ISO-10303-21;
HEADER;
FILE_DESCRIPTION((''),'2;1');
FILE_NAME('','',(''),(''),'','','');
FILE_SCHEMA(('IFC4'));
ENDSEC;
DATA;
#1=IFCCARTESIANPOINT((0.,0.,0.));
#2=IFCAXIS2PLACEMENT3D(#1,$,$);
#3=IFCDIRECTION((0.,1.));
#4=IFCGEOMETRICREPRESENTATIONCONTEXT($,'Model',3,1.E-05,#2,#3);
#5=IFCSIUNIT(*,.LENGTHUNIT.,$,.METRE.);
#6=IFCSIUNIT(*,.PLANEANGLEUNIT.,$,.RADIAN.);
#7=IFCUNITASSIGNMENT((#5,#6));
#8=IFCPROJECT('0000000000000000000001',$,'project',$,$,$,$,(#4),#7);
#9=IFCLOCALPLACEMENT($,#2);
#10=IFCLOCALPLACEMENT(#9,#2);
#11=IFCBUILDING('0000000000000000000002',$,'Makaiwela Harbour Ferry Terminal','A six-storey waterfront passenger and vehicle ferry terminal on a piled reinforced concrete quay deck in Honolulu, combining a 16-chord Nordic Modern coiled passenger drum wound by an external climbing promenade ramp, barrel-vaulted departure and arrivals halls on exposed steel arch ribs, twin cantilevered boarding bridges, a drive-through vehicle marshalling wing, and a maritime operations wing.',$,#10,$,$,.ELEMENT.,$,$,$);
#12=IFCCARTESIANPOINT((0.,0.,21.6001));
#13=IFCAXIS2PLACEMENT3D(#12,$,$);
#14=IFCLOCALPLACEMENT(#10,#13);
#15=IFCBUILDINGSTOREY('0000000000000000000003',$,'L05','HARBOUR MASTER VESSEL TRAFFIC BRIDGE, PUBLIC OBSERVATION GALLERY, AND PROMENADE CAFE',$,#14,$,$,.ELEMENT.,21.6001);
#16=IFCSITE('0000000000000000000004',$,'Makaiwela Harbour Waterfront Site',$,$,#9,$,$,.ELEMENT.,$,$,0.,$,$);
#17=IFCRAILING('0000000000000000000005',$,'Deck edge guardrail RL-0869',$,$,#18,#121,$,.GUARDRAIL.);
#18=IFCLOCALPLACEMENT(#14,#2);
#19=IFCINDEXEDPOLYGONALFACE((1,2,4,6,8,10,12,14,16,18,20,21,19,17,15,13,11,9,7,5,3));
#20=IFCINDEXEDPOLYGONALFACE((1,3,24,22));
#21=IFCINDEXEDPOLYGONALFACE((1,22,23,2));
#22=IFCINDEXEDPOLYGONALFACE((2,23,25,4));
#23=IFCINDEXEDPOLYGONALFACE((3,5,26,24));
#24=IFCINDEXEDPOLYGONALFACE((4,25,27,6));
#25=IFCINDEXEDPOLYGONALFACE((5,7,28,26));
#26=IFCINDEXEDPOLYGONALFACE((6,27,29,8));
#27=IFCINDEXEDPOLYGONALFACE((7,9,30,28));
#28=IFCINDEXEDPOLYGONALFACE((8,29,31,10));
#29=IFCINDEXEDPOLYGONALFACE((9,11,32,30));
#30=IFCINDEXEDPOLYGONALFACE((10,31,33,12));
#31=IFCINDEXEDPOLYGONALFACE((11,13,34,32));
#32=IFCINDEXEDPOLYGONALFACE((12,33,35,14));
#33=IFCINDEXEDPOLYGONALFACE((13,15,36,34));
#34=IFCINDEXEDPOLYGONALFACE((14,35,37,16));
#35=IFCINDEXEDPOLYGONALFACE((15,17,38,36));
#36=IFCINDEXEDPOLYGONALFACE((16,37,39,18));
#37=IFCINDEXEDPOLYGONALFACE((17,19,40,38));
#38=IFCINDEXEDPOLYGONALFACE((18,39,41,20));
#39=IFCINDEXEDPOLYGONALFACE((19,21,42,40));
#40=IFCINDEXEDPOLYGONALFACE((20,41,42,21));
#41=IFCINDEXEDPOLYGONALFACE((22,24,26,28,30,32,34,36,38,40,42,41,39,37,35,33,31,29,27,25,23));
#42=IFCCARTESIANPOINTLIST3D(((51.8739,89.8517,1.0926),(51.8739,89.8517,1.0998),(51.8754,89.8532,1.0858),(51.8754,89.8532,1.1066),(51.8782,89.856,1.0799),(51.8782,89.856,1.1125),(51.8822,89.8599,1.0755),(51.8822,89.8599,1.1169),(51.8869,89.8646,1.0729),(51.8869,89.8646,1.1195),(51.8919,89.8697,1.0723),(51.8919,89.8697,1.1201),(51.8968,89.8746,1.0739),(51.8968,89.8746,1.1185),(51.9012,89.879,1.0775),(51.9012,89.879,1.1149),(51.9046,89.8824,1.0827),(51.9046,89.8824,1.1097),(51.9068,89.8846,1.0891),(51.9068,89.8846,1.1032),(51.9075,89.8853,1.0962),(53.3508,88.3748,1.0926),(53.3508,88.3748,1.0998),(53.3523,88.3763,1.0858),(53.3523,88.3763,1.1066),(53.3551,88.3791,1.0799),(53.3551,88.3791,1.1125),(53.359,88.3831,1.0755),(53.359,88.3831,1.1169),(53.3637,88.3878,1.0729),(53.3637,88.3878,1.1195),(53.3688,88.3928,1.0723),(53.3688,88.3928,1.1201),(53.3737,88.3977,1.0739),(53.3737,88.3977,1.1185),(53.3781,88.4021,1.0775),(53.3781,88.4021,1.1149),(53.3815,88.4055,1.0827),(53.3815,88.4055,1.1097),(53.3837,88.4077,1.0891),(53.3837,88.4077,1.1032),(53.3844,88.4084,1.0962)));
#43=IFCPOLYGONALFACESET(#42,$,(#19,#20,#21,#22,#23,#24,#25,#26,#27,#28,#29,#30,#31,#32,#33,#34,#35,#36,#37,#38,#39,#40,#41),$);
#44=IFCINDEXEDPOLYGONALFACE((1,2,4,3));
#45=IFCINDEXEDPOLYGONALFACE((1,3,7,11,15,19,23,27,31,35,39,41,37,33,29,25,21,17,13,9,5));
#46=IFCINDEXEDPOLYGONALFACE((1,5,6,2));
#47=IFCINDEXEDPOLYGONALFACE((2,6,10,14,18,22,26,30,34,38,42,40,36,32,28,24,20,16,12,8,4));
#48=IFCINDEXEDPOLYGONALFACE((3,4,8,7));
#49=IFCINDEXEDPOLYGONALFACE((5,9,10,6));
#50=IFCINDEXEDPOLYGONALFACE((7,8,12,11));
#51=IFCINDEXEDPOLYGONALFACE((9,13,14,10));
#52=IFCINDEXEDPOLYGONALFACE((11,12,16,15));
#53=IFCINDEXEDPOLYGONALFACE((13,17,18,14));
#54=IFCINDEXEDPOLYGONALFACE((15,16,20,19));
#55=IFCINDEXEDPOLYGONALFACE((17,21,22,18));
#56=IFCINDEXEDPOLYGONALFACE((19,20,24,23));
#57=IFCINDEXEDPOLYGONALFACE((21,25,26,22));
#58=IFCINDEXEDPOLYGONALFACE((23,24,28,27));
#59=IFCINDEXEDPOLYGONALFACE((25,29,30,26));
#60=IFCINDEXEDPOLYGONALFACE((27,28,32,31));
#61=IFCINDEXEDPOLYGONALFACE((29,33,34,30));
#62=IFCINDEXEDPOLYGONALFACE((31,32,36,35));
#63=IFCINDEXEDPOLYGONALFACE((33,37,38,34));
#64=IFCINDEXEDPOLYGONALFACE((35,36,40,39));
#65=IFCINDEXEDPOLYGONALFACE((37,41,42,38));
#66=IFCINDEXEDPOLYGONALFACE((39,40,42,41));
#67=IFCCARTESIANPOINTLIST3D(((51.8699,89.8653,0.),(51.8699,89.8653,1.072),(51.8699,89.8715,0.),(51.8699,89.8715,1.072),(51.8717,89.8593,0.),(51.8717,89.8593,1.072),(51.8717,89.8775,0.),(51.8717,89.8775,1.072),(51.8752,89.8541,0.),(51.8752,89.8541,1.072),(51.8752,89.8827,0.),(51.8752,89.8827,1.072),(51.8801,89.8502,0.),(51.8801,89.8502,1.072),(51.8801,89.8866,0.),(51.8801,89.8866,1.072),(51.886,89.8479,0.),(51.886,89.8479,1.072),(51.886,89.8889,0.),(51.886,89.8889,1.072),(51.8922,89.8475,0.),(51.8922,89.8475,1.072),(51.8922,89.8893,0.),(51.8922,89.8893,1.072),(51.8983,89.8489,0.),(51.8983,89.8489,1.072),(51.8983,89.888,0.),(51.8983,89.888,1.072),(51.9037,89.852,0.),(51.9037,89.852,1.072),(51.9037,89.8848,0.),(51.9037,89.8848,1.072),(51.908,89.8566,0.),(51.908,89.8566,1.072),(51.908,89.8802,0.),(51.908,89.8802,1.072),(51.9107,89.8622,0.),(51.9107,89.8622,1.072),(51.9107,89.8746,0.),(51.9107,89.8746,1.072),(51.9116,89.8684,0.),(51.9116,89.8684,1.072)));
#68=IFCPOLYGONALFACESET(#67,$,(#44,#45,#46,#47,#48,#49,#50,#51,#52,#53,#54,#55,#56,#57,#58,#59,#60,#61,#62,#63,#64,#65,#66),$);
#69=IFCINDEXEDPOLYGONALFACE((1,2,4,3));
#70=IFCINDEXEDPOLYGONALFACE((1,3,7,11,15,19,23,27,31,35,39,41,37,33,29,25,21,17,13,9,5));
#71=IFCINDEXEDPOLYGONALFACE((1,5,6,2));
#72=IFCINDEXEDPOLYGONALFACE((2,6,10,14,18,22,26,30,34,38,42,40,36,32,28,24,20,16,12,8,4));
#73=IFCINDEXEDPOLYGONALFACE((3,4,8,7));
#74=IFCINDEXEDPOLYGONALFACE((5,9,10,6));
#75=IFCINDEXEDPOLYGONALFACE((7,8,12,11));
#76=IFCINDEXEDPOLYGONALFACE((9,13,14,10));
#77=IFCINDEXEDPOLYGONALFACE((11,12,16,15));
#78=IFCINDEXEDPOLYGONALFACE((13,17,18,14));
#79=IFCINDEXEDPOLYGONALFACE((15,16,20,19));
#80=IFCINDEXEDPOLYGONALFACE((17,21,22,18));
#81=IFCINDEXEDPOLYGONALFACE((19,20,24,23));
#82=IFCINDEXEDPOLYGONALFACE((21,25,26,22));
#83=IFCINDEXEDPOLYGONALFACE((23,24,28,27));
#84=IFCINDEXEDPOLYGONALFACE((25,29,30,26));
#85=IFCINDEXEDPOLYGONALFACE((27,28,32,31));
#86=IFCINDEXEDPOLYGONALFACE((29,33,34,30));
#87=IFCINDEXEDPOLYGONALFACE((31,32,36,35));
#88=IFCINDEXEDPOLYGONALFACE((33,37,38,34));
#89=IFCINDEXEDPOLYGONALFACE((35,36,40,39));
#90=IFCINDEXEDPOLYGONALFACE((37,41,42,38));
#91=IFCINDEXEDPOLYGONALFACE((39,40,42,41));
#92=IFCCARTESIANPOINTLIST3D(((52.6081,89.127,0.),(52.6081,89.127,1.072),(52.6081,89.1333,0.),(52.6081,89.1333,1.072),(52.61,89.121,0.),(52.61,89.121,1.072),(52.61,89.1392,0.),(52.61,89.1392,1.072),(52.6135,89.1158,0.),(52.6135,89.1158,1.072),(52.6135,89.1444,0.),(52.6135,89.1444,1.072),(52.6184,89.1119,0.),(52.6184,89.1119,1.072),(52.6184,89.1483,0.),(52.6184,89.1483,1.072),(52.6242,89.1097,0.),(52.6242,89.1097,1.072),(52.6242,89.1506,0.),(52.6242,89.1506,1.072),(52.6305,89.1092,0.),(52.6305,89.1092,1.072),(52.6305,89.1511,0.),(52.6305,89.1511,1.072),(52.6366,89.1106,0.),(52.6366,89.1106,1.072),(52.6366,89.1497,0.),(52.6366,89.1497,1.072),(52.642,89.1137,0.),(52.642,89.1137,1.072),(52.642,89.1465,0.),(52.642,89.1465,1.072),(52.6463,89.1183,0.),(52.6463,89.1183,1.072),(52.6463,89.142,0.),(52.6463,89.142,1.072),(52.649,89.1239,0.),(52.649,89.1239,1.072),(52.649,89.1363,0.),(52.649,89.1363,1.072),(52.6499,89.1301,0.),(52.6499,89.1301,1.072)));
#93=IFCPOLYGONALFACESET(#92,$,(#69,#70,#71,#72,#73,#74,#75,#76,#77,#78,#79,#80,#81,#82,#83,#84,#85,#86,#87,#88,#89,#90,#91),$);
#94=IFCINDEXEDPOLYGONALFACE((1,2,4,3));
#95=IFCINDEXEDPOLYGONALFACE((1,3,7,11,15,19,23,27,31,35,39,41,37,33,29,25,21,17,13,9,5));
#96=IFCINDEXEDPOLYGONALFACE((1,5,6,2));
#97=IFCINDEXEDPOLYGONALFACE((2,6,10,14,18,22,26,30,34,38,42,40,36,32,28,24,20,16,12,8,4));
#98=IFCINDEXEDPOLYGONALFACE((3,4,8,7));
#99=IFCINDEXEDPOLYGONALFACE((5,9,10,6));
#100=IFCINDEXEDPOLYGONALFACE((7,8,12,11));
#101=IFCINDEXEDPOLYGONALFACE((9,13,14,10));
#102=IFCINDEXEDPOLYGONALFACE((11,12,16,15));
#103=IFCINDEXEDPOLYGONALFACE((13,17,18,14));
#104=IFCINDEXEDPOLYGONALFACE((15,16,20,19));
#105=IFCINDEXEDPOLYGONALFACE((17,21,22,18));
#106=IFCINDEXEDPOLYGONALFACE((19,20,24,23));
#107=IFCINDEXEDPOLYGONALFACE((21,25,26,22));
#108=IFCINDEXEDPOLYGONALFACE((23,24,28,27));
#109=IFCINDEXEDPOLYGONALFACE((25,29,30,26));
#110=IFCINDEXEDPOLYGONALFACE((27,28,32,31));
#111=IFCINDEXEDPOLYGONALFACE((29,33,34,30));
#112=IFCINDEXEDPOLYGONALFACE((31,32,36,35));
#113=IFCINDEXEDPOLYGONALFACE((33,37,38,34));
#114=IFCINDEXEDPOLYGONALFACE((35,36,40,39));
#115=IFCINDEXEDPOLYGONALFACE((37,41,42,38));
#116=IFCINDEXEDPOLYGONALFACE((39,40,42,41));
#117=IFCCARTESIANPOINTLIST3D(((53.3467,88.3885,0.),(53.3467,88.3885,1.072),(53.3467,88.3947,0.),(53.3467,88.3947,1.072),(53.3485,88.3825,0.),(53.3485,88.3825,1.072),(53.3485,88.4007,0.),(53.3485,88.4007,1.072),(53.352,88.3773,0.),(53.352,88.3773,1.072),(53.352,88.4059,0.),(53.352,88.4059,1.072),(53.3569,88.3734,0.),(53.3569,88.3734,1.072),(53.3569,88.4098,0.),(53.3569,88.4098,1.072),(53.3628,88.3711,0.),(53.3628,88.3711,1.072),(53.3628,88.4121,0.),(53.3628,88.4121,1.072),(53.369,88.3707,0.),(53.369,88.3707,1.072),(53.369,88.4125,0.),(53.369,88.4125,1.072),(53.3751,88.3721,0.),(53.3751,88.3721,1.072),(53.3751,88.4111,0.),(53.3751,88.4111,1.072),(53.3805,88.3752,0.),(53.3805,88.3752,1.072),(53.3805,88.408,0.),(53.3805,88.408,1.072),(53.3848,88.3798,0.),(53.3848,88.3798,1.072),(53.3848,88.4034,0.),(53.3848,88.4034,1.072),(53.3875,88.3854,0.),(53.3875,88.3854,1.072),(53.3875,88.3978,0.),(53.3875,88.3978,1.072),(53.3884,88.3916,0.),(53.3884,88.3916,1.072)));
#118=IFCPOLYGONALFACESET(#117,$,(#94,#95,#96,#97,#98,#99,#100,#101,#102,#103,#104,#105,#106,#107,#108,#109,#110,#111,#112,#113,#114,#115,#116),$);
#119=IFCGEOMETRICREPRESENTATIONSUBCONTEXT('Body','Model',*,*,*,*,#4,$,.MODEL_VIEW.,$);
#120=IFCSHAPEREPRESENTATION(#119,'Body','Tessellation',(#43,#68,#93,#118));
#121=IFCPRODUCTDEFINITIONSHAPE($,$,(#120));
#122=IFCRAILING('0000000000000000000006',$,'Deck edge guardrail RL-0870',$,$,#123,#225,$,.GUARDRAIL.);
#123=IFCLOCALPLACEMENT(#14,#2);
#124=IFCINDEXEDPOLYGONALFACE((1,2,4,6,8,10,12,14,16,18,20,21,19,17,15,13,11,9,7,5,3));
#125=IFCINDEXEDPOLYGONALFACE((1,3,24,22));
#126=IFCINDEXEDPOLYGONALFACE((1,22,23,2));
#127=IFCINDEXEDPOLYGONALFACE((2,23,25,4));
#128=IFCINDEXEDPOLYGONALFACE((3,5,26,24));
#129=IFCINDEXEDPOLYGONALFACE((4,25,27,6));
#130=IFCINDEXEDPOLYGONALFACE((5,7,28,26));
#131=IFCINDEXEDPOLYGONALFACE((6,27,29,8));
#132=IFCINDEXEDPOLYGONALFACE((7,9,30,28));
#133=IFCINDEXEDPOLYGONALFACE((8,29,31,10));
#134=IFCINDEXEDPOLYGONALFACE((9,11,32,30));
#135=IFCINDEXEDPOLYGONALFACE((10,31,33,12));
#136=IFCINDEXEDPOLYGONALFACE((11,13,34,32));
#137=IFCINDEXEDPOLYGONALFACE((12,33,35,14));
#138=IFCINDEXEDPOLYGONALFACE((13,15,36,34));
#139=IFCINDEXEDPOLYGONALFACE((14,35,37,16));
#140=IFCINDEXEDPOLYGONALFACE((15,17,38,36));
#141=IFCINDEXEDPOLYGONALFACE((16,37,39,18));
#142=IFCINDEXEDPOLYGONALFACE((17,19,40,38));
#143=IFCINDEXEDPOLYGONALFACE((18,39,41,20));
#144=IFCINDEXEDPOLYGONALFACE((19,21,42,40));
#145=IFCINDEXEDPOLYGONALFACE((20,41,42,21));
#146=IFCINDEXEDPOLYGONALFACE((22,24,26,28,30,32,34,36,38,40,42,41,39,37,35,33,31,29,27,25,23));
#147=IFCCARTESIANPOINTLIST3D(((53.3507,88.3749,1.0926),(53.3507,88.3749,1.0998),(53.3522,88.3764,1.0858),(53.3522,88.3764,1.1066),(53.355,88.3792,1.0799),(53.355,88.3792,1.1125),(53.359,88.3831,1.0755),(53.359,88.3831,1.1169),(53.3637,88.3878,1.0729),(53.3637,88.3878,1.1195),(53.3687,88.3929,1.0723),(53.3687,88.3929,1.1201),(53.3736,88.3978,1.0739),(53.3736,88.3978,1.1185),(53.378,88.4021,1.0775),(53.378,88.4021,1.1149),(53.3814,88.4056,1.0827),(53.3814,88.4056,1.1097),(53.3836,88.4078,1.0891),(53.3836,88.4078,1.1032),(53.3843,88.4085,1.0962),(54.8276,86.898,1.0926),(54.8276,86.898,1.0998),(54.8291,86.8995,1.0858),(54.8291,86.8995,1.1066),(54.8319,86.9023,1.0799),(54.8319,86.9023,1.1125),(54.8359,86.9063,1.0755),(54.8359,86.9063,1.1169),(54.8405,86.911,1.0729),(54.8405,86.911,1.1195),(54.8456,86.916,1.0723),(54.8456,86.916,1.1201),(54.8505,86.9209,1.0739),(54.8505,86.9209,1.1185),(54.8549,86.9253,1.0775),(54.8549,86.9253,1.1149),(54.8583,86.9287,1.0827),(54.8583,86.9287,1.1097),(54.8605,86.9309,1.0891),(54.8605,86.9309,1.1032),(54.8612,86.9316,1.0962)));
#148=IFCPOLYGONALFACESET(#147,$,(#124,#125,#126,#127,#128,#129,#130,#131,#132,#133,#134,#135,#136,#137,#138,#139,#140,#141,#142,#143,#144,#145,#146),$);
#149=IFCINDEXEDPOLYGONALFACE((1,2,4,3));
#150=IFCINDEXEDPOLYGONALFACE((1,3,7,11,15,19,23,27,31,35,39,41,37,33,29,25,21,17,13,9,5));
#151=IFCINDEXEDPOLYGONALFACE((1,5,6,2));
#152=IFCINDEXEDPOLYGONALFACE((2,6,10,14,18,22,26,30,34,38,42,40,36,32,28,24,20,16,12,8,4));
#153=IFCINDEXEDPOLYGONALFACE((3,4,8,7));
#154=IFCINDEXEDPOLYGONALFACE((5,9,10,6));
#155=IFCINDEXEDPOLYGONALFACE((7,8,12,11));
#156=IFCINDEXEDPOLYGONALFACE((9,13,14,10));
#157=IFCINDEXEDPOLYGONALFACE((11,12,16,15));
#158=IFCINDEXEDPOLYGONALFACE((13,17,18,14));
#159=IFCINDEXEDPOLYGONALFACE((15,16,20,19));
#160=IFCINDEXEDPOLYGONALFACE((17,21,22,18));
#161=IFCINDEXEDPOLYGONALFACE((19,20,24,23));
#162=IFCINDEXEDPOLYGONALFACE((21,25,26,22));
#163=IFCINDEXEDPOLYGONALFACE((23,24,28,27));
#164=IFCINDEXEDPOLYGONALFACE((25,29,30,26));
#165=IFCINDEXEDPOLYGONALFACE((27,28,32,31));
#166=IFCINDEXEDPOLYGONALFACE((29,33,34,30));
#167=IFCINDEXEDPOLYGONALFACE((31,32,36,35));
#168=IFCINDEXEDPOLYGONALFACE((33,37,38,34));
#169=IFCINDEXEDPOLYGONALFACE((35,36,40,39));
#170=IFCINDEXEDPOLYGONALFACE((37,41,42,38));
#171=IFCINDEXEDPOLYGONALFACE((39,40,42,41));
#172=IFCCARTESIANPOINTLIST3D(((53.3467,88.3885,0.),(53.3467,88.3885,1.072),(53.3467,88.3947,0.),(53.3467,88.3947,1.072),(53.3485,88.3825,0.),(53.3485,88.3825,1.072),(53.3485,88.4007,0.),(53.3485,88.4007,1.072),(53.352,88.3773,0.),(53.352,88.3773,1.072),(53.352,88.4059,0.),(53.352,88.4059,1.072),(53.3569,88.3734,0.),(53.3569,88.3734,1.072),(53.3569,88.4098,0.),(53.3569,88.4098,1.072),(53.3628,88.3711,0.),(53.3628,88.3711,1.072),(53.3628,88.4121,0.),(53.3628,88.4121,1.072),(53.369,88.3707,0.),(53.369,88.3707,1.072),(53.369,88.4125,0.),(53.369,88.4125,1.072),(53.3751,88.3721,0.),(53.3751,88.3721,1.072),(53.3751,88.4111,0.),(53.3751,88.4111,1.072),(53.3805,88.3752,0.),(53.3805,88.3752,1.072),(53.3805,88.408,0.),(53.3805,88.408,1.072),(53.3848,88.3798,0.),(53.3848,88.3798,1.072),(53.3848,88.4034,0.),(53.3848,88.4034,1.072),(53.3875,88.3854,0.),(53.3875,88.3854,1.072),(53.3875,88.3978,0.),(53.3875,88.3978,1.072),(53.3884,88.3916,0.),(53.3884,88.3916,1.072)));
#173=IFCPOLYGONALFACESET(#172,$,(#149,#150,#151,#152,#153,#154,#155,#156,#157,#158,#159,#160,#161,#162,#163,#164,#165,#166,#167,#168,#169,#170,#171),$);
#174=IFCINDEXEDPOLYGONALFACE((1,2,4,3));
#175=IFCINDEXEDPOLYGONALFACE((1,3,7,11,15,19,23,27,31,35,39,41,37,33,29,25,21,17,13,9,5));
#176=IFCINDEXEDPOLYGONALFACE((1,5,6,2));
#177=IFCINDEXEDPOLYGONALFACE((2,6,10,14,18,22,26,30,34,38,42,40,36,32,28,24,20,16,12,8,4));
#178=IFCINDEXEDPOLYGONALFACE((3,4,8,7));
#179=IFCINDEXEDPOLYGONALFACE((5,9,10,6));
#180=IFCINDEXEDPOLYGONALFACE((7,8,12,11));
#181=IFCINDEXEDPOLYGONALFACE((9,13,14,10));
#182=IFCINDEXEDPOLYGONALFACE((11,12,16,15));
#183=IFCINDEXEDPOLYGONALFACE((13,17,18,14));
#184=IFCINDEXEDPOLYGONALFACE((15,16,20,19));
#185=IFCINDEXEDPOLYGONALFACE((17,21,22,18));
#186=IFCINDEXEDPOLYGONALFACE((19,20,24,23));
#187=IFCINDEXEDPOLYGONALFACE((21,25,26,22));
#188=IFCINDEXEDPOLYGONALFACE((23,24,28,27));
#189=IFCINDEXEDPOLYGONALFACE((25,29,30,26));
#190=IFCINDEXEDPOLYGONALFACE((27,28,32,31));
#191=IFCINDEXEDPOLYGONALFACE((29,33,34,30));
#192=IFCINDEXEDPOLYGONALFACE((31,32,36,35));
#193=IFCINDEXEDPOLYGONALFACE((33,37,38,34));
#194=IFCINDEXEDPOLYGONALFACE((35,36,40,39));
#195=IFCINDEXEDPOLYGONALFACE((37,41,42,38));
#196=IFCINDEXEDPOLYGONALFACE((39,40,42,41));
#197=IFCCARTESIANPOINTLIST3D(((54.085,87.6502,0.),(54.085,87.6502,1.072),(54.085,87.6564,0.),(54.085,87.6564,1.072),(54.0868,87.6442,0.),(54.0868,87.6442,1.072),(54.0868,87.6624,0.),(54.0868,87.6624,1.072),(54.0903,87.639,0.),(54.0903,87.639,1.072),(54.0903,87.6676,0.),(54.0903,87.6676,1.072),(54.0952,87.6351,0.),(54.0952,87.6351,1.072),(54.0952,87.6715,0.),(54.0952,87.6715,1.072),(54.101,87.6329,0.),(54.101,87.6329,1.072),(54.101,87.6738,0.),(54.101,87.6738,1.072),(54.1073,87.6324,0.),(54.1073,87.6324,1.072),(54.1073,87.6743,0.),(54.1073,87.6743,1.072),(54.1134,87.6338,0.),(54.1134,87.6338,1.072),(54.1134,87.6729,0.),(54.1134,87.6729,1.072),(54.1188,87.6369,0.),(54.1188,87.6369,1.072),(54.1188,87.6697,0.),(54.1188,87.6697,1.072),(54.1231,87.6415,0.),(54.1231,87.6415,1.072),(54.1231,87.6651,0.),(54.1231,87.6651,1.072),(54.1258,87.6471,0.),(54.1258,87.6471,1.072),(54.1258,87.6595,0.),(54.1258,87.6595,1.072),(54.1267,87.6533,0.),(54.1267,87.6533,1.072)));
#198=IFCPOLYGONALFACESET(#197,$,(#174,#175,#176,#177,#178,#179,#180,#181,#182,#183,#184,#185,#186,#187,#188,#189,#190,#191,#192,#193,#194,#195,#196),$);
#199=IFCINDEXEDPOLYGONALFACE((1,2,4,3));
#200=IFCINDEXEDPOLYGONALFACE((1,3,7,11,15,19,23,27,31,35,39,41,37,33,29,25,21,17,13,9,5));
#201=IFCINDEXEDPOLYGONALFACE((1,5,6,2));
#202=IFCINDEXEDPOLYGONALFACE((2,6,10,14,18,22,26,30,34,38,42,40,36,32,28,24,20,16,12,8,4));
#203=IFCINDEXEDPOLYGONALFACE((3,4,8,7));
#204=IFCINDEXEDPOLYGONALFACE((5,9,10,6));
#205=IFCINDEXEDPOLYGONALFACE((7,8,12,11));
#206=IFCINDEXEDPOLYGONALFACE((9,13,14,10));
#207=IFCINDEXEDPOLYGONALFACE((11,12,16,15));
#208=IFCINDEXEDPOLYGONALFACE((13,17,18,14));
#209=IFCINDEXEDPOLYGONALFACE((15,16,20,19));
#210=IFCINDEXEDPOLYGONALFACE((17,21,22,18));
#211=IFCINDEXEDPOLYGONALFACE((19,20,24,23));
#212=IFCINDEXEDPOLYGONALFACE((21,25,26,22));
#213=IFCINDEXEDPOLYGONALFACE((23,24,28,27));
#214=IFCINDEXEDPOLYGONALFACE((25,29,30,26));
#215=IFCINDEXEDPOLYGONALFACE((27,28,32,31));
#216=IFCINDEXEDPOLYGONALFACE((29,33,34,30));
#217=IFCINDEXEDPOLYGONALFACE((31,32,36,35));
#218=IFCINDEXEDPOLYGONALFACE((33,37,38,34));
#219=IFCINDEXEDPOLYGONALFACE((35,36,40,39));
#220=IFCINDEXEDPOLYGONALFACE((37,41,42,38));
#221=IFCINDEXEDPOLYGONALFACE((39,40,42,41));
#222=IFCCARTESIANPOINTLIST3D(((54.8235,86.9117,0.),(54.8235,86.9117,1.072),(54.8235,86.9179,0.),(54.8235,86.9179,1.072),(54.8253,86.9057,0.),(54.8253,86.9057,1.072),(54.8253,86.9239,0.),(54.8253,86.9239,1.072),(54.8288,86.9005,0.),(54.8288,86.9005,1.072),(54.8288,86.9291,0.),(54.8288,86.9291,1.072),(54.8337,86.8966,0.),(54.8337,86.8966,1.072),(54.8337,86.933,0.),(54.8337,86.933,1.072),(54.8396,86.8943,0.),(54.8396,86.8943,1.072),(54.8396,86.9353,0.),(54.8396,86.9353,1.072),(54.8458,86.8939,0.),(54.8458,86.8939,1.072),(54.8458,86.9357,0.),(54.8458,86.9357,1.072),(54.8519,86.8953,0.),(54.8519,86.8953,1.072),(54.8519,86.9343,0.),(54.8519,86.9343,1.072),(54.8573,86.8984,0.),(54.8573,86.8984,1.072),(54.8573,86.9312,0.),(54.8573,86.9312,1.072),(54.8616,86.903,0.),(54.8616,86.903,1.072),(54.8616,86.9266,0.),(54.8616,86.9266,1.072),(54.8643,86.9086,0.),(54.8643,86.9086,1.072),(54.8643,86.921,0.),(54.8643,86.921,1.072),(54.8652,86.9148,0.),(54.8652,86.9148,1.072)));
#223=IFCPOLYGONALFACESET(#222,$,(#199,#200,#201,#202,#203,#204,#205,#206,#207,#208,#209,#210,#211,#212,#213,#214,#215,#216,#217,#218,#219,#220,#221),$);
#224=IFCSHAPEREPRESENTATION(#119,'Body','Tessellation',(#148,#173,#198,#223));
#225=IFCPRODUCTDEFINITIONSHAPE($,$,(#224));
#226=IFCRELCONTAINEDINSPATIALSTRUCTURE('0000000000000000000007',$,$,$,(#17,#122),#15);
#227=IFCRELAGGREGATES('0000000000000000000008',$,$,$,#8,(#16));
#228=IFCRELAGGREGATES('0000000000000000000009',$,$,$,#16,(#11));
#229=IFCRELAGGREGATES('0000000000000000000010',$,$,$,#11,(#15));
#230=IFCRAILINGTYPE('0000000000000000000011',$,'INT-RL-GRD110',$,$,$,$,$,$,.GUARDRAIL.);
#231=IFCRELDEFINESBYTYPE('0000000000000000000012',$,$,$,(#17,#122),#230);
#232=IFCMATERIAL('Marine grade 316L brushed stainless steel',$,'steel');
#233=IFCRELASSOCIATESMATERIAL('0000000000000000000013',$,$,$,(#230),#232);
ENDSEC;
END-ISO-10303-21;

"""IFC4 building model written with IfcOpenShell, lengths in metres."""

from ifc_helpers import new_model, si_unit, direction, frame, origin, origin_2d, place, context, subcontext, project, spatial, circle, extrude, material, type_object, element, save


model = new_model("IFC4")

# Units and contexts
model_context = context("Model", 3, precision=1e-05, world=origin(), true_north=direction((0.0, 1.0)))
body_context = subcontext(model_context, "Body", "Model", "MODEL_VIEW")
ifc_project = project(units=[si_unit("LENGTHUNIT", "METRE"), si_unit("PLANEANGLEUNIT", "RADIAN")], contexts=[model_context])

# Site, building, storey
site_placement = place(None, origin())
site = spatial("IfcSite", under=ifc_project, at=site_placement, Name="Makaiwela Harbour Waterfront Site", CompositionType="ELEMENT", RefElevation=0.0)
building_placement = place(site_placement, origin())
building = spatial("IfcBuilding", under=site, at=building_placement, Name="Makaiwela Harbour Ferry Terminal", Description="A six-storey waterfront passenger and vehicle ferry terminal on a piled reinforced concrete quay deck in Honolulu, combining a 16-chord Nordic Modern coiled passenger drum wound by an external climbing promenade ramp, barrel-vaulted departure and arrivals halls on exposed steel arch ribs, twin cantilevered boarding bridges, a drive-through vehicle marshalling wing, and a maritime operations wing.", CompositionType="ELEMENT")
storey_placement = place(building_placement, frame((0.0, 0.0, 21.6001)))
storey = spatial("IfcBuildingStorey", under=building, at=storey_placement, Name="L05", Description="HARBOUR MASTER VESSEL TRAFFIC BRIDGE, PUBLIC OBSERVATION GALLERY, AND PROMENADE CAFE", CompositionType="ELEMENT", Elevation=21.6001)

# Railings
ifc_material_1 = material(Name="Marine grade 316L brushed stainless steel", Category="steel")
railing_type = type_object("IfcRailingType", Name="INT-RL-GRD110", PredefinedType="GUARDRAIL", material=ifc_material_1)
for number, where, name in (
    (1, (51.8906, 89.8684, 0.0), "Deck edge guardrail RL-0869"),
    (2, (53.3674, 88.3916, 0.0), "Deck edge guardrail RL-0870"),
):
    element("IfcRailing", number, at=place(storey_placement, frame(where)), inside=storey, type_object=railing_type, Name=name, PredefinedType="GUARDRAIL", context=body_context, shape_type="SweptSolid", body=[
        extrude(circle(Radius=0.0239, at=origin_2d()), frame((0.0, 0.0, 1.0962), z_axis=(0.707107, -0.707107, 0.0), x_axis=(0.707107, 0.707107, 0.0)), (0.0, 0.0, 1.0), 2.0886),
        extrude(circle(Radius=0.021, at=origin_2d()), origin(), (0.0, 0.0, 1.0), 1.072),
        extrude(circle(Radius=0.021, at=origin_2d()), frame((0.7383, -0.7383, 0.0)), (0.0, 0.0, 1.0), 1.072),
        extrude(circle(Radius=0.021, at=origin_2d()), frame((1.4768, -1.4768, 0.0)), (0.0, 0.0, 1.0), 1.072),
    ])

save(model, "model.ifc")
